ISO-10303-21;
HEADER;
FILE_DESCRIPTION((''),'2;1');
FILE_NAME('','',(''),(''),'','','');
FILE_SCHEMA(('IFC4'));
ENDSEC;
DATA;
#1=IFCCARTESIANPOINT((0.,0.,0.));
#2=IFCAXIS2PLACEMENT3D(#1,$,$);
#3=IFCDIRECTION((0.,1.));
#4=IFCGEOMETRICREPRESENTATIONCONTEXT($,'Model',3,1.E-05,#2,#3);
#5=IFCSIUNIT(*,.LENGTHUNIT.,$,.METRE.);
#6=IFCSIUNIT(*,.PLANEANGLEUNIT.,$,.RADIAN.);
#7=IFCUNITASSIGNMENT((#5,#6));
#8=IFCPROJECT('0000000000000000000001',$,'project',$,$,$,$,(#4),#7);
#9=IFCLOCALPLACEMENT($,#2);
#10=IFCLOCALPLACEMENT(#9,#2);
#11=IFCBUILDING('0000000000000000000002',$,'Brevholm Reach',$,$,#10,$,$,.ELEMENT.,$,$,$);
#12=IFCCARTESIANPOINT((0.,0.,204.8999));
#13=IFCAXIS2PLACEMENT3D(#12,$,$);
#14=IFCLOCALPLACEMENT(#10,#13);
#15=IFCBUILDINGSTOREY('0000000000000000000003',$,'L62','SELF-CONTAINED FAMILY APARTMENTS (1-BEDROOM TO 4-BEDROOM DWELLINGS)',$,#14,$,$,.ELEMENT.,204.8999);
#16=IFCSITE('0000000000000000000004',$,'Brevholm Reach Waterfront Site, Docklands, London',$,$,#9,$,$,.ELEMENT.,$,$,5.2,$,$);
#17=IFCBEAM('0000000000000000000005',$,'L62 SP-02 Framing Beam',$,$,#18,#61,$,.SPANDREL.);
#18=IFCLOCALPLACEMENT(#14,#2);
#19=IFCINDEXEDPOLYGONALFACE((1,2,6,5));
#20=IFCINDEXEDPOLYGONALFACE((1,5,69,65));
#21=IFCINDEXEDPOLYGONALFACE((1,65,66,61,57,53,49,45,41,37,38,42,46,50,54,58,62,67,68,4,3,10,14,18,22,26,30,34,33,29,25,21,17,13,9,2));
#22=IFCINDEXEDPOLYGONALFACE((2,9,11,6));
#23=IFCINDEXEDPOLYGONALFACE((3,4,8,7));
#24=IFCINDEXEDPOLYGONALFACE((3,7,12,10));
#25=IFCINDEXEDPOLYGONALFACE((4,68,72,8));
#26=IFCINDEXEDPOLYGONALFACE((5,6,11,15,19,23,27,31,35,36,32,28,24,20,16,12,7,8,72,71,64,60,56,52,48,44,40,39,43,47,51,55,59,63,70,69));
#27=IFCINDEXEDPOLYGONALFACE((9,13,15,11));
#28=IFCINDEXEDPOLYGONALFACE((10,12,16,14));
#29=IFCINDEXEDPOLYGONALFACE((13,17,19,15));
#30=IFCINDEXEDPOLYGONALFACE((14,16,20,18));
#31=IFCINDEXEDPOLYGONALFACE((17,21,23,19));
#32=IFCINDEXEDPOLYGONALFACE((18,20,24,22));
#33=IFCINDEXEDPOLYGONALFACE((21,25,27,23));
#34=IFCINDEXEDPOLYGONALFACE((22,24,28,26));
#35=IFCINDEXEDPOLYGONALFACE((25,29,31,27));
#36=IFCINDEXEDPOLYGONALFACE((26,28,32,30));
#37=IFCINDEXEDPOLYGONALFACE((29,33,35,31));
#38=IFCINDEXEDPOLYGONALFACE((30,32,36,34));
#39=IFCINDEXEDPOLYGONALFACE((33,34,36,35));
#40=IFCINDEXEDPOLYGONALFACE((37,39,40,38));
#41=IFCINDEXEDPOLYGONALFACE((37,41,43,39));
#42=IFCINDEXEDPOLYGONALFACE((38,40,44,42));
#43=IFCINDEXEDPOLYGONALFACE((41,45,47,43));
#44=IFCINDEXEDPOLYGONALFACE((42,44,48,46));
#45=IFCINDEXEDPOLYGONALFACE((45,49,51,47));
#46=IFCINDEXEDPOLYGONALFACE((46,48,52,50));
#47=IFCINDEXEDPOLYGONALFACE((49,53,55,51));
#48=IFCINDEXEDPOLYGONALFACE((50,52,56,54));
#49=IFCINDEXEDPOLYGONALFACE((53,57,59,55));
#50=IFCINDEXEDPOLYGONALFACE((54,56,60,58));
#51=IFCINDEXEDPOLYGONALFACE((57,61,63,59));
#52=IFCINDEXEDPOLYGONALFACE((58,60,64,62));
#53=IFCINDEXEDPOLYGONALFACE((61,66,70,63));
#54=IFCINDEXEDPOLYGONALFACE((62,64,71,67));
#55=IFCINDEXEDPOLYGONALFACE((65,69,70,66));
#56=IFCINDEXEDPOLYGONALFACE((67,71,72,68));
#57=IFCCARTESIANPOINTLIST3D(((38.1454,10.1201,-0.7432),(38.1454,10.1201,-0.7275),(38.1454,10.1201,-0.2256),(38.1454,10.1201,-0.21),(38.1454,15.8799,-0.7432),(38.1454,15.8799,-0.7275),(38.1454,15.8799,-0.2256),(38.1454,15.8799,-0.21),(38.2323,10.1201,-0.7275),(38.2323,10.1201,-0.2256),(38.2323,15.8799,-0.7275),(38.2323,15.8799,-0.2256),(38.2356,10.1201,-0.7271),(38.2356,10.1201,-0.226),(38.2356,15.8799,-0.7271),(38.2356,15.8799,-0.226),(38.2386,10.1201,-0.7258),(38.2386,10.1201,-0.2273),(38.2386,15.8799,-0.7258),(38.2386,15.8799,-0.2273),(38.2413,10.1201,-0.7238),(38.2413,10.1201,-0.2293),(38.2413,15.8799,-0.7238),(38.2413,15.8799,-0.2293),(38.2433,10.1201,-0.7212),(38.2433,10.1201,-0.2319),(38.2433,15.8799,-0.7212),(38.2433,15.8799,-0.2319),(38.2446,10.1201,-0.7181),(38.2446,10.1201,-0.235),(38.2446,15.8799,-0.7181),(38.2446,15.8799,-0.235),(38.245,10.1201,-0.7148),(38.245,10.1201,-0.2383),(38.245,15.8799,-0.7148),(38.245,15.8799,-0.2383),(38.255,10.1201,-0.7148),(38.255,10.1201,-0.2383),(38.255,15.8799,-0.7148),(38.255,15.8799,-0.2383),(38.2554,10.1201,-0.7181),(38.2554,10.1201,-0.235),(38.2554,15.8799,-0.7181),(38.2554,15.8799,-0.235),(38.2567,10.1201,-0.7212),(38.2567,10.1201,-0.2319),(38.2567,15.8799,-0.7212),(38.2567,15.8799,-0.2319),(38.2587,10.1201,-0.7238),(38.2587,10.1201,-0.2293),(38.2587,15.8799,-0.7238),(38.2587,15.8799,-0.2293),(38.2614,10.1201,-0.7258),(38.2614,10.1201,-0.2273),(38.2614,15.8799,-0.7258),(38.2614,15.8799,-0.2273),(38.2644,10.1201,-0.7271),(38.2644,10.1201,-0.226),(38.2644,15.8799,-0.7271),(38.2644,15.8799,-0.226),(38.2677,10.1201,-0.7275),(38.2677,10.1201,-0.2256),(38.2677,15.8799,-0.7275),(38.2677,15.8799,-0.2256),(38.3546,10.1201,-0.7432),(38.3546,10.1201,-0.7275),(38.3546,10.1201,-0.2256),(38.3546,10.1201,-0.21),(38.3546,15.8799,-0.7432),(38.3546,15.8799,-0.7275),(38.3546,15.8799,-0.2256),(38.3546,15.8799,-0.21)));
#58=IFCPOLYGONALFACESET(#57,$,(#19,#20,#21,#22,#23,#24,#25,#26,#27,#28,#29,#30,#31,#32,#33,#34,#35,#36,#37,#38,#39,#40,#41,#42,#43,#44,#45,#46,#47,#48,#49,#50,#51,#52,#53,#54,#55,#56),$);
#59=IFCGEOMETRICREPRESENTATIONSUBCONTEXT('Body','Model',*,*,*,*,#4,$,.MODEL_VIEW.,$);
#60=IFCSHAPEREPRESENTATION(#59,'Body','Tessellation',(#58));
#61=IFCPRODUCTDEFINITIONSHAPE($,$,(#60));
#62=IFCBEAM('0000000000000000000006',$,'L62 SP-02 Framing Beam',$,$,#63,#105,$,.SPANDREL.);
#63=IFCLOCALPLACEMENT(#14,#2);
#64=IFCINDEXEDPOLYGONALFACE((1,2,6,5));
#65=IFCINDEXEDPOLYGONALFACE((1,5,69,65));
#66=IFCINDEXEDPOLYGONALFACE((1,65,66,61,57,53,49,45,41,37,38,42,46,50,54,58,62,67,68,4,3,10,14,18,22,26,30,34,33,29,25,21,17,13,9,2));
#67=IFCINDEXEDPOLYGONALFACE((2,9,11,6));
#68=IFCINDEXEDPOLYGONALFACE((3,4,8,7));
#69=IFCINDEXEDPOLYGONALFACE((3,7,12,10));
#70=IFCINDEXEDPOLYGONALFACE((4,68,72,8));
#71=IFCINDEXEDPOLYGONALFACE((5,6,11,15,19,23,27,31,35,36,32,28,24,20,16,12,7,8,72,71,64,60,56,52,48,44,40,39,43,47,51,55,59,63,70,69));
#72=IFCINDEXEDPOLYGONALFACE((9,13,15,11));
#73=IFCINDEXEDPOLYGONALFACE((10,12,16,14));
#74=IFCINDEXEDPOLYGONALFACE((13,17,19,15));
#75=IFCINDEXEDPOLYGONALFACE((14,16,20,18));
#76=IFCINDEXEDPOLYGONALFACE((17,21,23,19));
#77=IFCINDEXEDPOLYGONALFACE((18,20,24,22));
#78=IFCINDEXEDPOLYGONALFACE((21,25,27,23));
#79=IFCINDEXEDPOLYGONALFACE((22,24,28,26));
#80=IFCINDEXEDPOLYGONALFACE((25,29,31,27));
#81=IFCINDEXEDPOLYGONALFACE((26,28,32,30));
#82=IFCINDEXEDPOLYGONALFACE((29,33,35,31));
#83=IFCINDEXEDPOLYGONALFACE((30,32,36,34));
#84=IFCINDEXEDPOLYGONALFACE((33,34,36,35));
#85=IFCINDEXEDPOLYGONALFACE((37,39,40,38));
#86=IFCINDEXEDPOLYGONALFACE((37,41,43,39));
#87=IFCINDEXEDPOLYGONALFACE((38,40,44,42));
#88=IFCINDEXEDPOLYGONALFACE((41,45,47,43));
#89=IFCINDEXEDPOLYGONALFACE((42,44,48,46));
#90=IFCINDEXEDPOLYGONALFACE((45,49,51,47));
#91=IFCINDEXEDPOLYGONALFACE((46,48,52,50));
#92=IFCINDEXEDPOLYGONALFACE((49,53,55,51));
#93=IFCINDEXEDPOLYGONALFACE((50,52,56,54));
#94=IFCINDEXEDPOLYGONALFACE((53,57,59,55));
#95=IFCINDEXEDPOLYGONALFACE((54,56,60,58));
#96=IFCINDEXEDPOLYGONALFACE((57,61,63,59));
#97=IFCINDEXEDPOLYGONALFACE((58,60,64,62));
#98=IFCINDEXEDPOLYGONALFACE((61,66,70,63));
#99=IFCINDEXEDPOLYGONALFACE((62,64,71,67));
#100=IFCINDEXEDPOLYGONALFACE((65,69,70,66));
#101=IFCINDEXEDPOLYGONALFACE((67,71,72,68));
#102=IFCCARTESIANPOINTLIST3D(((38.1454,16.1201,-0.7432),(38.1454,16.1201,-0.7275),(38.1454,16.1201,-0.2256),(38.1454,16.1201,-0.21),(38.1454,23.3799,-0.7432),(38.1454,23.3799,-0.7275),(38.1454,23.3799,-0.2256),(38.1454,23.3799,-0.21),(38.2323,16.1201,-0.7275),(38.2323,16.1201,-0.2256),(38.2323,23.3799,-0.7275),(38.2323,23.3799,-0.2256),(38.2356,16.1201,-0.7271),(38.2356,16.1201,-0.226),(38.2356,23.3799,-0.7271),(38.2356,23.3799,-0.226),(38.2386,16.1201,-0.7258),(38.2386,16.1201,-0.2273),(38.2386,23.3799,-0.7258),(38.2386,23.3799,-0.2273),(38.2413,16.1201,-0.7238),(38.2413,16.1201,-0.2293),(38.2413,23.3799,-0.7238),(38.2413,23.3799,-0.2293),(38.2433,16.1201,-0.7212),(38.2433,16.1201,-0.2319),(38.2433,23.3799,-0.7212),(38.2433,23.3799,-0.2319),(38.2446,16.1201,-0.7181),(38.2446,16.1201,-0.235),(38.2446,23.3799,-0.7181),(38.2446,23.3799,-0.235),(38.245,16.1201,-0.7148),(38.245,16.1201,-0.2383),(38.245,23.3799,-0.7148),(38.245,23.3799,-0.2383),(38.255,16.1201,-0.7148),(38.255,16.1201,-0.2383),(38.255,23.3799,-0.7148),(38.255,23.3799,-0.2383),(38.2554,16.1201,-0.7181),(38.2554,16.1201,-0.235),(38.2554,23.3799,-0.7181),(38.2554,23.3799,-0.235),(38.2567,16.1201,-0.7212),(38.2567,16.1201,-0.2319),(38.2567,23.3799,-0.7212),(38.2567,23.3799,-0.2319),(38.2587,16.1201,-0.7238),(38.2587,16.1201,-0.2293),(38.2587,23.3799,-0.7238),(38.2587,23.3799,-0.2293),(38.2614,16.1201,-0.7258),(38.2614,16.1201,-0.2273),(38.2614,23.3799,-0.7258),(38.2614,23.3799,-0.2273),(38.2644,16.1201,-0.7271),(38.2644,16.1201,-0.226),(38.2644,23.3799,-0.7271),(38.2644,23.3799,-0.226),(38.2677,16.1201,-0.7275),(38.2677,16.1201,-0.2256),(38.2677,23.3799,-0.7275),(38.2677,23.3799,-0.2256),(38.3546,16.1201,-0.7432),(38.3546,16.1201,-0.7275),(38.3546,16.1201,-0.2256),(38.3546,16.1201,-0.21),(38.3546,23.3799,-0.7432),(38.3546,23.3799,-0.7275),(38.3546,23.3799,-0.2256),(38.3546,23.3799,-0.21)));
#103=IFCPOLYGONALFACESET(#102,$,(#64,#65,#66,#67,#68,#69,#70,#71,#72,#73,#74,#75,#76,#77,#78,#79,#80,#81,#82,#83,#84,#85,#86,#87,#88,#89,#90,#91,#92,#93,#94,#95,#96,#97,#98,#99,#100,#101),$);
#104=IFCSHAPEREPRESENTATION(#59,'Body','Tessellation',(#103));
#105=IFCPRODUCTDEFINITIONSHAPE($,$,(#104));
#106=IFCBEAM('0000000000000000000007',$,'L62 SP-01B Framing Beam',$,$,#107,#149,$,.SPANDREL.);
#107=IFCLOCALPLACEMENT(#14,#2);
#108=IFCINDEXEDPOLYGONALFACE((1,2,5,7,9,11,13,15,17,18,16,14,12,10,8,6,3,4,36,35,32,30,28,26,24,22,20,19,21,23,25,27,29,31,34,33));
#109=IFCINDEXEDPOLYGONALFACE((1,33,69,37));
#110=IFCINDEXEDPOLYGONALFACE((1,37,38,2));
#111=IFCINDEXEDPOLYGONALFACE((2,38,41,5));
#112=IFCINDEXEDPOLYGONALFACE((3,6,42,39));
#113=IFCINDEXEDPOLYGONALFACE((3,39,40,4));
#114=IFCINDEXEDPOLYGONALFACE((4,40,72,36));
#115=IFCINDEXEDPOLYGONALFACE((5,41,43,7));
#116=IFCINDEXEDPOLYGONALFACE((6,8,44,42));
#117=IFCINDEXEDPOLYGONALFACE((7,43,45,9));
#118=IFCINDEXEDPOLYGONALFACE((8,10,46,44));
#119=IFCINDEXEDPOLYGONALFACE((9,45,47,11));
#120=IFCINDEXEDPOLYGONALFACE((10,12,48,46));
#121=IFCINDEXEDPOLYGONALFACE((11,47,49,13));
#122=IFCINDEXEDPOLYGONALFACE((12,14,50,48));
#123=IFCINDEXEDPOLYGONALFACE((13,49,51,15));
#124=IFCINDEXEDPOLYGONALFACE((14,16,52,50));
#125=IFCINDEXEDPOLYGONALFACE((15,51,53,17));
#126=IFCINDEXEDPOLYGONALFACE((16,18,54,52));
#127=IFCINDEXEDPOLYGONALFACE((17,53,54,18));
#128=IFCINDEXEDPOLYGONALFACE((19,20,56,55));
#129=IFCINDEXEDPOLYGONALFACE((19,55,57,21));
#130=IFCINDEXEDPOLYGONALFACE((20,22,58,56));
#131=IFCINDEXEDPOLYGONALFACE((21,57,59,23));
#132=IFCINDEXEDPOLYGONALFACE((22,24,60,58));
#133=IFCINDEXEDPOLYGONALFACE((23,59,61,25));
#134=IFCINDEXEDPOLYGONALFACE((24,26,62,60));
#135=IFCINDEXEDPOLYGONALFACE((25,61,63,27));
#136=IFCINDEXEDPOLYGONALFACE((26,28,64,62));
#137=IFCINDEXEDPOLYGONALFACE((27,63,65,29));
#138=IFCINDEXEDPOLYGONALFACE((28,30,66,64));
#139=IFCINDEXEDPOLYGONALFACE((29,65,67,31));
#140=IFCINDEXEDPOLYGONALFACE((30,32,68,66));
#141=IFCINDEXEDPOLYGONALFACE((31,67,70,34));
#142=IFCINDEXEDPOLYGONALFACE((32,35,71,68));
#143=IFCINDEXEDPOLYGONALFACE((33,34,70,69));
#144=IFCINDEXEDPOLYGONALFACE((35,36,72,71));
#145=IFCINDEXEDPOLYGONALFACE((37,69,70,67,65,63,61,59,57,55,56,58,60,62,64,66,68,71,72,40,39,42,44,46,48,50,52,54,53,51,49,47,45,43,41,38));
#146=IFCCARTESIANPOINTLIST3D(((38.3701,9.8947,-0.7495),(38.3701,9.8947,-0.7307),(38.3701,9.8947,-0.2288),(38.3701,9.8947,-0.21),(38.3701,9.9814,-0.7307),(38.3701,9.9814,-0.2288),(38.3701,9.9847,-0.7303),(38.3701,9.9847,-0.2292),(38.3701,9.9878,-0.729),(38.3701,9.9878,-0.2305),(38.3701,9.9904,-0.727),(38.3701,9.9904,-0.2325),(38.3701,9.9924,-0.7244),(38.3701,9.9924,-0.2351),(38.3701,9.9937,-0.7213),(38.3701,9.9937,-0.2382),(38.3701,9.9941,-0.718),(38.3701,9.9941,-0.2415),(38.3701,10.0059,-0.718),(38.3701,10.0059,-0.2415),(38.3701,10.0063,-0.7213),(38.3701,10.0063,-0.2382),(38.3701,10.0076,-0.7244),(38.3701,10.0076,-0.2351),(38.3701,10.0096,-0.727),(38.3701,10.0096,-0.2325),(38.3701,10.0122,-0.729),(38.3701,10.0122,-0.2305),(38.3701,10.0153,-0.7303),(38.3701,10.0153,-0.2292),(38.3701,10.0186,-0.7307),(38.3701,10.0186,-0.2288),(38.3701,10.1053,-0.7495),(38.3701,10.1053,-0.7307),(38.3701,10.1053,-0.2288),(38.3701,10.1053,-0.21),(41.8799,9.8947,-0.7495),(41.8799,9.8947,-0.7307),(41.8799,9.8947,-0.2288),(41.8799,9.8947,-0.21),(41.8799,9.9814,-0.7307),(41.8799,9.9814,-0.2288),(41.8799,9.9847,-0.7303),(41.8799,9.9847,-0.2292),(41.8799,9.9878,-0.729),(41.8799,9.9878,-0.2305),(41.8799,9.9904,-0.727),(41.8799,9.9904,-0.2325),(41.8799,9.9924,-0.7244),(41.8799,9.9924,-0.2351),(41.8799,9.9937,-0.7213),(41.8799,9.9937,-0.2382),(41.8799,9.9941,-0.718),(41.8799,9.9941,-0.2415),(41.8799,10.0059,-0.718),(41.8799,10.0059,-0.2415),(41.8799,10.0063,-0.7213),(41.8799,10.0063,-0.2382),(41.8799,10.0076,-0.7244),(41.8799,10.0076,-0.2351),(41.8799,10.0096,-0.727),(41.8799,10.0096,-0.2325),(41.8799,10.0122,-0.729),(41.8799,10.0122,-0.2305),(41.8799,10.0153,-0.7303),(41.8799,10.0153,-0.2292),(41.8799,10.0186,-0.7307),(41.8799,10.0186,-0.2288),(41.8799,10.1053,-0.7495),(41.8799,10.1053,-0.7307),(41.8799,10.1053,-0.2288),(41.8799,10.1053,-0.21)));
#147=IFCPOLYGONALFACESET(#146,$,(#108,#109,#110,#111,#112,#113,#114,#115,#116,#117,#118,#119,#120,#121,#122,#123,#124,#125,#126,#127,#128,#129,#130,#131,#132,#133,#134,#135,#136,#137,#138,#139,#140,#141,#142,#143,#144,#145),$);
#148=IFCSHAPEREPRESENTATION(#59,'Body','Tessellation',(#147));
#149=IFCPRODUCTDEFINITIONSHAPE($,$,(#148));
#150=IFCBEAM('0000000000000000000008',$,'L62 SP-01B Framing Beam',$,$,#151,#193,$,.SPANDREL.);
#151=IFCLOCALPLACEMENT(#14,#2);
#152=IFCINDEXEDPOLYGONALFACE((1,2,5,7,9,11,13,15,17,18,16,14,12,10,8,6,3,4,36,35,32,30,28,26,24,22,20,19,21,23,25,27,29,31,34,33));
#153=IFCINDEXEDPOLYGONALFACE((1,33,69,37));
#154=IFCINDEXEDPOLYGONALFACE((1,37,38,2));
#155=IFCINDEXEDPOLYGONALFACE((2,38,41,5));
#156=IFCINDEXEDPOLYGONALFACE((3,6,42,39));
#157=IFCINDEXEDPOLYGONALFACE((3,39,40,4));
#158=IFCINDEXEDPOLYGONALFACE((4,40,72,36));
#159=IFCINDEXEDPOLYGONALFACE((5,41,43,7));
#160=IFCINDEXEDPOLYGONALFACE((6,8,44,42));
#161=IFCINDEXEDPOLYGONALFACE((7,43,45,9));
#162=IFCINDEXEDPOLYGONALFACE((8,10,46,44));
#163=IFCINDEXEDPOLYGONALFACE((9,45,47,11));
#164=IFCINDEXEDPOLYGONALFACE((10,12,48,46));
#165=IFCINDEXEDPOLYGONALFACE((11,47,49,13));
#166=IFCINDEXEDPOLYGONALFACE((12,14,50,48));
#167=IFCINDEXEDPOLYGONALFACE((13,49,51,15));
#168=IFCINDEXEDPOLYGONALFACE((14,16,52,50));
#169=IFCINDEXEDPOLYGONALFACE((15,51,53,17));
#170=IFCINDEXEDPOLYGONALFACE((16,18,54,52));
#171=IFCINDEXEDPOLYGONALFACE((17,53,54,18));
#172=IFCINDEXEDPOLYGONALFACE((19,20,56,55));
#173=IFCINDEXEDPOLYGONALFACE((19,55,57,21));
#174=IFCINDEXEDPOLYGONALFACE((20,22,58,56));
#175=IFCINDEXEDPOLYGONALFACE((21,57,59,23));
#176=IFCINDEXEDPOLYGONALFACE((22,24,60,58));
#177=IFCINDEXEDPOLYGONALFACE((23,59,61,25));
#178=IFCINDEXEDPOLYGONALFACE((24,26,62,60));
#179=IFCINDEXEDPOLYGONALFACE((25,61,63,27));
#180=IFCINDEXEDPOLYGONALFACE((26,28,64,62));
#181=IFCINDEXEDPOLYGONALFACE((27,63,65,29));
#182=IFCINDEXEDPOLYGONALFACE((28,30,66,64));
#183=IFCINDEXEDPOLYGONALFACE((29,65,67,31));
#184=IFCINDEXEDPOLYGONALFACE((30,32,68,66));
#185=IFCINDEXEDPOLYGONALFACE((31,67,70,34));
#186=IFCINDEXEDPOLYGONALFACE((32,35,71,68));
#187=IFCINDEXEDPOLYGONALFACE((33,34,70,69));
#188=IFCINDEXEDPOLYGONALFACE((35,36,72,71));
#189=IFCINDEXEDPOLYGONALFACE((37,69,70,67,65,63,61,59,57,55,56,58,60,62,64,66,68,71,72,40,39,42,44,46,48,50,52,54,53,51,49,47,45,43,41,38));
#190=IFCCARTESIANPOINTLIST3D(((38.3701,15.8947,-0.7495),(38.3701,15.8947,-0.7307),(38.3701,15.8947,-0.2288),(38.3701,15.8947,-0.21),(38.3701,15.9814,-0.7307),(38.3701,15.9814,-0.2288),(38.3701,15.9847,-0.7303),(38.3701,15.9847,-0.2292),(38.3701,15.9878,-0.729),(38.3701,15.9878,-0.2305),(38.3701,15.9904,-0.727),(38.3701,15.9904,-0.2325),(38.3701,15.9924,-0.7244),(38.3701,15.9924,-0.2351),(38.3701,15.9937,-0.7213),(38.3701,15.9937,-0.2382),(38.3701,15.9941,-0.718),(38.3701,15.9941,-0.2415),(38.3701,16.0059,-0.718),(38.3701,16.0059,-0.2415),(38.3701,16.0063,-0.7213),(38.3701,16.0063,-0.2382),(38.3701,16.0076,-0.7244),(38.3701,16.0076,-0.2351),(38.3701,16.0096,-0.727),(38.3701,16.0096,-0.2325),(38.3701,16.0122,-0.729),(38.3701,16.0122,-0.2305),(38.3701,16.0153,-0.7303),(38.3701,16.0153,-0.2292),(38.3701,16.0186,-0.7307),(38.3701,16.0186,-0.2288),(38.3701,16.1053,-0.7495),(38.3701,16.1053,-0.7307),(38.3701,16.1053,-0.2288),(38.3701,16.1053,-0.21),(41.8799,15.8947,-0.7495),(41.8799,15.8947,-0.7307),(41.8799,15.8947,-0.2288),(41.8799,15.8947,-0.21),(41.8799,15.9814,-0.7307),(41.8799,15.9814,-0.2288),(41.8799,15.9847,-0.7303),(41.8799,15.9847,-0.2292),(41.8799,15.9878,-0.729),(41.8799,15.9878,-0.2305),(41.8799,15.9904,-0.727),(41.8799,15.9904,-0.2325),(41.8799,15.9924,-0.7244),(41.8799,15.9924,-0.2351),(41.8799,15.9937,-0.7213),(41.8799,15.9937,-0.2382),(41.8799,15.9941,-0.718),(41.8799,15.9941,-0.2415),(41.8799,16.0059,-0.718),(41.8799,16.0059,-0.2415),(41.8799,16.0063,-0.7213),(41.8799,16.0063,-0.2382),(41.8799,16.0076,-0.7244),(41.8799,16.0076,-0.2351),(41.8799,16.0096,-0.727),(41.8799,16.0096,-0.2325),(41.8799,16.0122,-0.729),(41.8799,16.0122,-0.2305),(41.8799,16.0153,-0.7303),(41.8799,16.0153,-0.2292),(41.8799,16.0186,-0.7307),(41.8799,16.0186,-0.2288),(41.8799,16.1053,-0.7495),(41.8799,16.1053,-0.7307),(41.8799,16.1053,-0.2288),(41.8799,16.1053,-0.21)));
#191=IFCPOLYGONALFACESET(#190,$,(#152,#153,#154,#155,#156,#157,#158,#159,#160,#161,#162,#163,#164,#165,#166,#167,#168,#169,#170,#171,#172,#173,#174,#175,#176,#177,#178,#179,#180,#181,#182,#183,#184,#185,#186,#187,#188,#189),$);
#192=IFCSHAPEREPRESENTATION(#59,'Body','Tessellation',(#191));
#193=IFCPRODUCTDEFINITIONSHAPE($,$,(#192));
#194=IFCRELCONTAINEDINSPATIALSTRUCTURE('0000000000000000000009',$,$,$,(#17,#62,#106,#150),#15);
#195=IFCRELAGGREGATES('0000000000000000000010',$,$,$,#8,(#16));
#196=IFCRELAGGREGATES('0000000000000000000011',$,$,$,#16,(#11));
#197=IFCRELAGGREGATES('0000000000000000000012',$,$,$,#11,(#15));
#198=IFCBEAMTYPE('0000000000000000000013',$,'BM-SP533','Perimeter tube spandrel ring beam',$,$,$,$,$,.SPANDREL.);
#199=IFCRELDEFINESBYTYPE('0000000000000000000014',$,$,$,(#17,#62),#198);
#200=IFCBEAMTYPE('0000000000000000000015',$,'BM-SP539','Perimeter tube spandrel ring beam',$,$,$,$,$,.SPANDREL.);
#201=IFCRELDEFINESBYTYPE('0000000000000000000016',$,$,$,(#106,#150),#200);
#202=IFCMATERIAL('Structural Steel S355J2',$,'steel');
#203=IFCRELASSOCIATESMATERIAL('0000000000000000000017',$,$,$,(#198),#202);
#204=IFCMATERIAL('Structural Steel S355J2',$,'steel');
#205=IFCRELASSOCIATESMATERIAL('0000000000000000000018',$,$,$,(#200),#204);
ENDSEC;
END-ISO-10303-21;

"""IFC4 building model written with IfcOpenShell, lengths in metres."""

from ifc_helpers import new_model, si_unit, direction, frame, origin, origin_2d, place, context, subcontext, project, spatial, i_section, extrude, material, material_profile, profile_set, type_object, element, save


model = new_model("IFC4")

# Units and contexts
model_context = context("Model", 3, precision=1e-05, world=origin(), true_north=direction((0.0, 1.0)))
body_context = subcontext(model_context, "Body", "Model", "MODEL_VIEW")
ifc_project = project(units=[si_unit("LENGTHUNIT", "METRE"), si_unit("PLANEANGLEUNIT", "RADIAN")], contexts=[model_context])

# Site, building, storey
site_placement = place(None, origin())
site = spatial("IfcSite", under=ifc_project, at=site_placement, Name="Brevholm Reach Waterfront Site, Docklands, London", CompositionType="ELEMENT", RefElevation=5.2)
building_placement = place(site_placement, origin())
building = spatial("IfcBuilding", under=site, at=building_placement, Name="Brevholm Reach", CompositionType="ELEMENT")
storey_placement = place(building_placement, frame((0.0, 0.0, 204.8999)))
storey = spatial("IfcBuildingStorey", under=building, at=storey_placement, Name="L62", Description="SELF-CONTAINED FAMILY APARTMENTS (1-BEDROOM TO 4-BEDROOM DWELLINGS)", CompositionType="ELEMENT", Elevation=204.8999)

# Beams
ifc_material_1 = material(Name="Structural Steel S355J2", Category="steel")
ifc_material_profile_1 = material_profile(ifc_material_1, i_section(OverallWidth=0.2092, OverallDepth=0.5332, WebThickness=0.01, FlangeThickness=0.0156, FilletRadius=0.0127, at=origin_2d()), Name="UKB 533x210x92")
ifc_profile_set_1 = profile_set([ifc_material_profile_1], Name="Structural Steel S355J2")
beam_type_1 = type_object("IfcBeamType", Name="BM-SP533", Description="Perimeter tube spandrel ring beam", PredefinedType="SPANDREL", material=ifc_profile_set_1)
beam_1_placement = place(storey_placement, frame((38.25, 10.1201, -0.4766), z_axis=(0.0, 1.0, 0.0), x_axis=(-1.0, 0.0, 0.0)))
element("IfcBeam", 1, at=beam_1_placement, inside=storey, type_object=beam_type_1, Name="L62 SP-02 Framing Beam", PredefinedType="SPANDREL", context=body_context, shape_type="SweptSolid", body=[
    extrude(i_section(OverallWidth=0.2092, OverallDepth=0.5332, WebThickness=0.01, FlangeThickness=0.0156, FilletRadius=0.0127, at=origin_2d()), origin(), (0.0, 0.0, 1.0), 5.7598),
])
beam_2_placement = place(storey_placement, frame((38.25, 16.1201, -0.4766), z_axis=(0.0, 1.0, 0.0), x_axis=(-1.0, 0.0, 0.0)))
element("IfcBeam", 2, at=beam_2_placement, inside=storey, type_object=beam_type_1, Name="L62 SP-02 Framing Beam", PredefinedType="SPANDREL", context=body_context, shape_type="SweptSolid", body=[
    extrude(i_section(OverallWidth=0.2092, OverallDepth=0.5332, WebThickness=0.01, FlangeThickness=0.0156, FilletRadius=0.0127, at=origin_2d()), origin(), (0.0, 0.0, 1.0), 7.2598),
])
ifc_material_2 = material(Name="Structural Steel S355J2", Category="steel")
ifc_material_profile_2 = material_profile(ifc_material_2, i_section(OverallWidth=0.2107, OverallDepth=0.5396, WebThickness=0.0117, FlangeThickness=0.0188, FilletRadius=0.0127, at=origin_2d()), Name="UKB 533x210x109")
ifc_profile_set_2 = profile_set([ifc_material_profile_2], Name="Structural Steel S355J2")
beam_type_2 = type_object("IfcBeamType", Name="BM-SP539", Description="Perimeter tube spandrel ring beam", PredefinedType="SPANDREL", material=ifc_profile_set_2)
for number, where, z_axis, x_axis, name in (
    (3, (38.3701, 10.0, -0.4797), (1.0, 0.0, 0.0), (0.0, 1.0, 0.0), "L62 SP-01B Framing Beam"),
    (4, (38.3701, 16.0, -0.4797), (1.0, 0.0, 0.0), (0.0, 1.0, 0.0), "L62 SP-01B Framing Beam"),
):
    element("IfcBeam", number, at=place(storey_placement, frame(where, z_axis=z_axis, x_axis=x_axis)), inside=storey, type_object=beam_type_2, Name=name, PredefinedType="SPANDREL", context=body_context, shape_type="SweptSolid", body=[
        extrude(i_section(OverallWidth=0.2107, OverallDepth=0.5396, WebThickness=0.0117, FlangeThickness=0.0188, FilletRadius=0.0127, at=origin_2d()), origin(), (0.0, 0.0, 1.0), 3.5098),
    ])

save(model, "model.ifc")
